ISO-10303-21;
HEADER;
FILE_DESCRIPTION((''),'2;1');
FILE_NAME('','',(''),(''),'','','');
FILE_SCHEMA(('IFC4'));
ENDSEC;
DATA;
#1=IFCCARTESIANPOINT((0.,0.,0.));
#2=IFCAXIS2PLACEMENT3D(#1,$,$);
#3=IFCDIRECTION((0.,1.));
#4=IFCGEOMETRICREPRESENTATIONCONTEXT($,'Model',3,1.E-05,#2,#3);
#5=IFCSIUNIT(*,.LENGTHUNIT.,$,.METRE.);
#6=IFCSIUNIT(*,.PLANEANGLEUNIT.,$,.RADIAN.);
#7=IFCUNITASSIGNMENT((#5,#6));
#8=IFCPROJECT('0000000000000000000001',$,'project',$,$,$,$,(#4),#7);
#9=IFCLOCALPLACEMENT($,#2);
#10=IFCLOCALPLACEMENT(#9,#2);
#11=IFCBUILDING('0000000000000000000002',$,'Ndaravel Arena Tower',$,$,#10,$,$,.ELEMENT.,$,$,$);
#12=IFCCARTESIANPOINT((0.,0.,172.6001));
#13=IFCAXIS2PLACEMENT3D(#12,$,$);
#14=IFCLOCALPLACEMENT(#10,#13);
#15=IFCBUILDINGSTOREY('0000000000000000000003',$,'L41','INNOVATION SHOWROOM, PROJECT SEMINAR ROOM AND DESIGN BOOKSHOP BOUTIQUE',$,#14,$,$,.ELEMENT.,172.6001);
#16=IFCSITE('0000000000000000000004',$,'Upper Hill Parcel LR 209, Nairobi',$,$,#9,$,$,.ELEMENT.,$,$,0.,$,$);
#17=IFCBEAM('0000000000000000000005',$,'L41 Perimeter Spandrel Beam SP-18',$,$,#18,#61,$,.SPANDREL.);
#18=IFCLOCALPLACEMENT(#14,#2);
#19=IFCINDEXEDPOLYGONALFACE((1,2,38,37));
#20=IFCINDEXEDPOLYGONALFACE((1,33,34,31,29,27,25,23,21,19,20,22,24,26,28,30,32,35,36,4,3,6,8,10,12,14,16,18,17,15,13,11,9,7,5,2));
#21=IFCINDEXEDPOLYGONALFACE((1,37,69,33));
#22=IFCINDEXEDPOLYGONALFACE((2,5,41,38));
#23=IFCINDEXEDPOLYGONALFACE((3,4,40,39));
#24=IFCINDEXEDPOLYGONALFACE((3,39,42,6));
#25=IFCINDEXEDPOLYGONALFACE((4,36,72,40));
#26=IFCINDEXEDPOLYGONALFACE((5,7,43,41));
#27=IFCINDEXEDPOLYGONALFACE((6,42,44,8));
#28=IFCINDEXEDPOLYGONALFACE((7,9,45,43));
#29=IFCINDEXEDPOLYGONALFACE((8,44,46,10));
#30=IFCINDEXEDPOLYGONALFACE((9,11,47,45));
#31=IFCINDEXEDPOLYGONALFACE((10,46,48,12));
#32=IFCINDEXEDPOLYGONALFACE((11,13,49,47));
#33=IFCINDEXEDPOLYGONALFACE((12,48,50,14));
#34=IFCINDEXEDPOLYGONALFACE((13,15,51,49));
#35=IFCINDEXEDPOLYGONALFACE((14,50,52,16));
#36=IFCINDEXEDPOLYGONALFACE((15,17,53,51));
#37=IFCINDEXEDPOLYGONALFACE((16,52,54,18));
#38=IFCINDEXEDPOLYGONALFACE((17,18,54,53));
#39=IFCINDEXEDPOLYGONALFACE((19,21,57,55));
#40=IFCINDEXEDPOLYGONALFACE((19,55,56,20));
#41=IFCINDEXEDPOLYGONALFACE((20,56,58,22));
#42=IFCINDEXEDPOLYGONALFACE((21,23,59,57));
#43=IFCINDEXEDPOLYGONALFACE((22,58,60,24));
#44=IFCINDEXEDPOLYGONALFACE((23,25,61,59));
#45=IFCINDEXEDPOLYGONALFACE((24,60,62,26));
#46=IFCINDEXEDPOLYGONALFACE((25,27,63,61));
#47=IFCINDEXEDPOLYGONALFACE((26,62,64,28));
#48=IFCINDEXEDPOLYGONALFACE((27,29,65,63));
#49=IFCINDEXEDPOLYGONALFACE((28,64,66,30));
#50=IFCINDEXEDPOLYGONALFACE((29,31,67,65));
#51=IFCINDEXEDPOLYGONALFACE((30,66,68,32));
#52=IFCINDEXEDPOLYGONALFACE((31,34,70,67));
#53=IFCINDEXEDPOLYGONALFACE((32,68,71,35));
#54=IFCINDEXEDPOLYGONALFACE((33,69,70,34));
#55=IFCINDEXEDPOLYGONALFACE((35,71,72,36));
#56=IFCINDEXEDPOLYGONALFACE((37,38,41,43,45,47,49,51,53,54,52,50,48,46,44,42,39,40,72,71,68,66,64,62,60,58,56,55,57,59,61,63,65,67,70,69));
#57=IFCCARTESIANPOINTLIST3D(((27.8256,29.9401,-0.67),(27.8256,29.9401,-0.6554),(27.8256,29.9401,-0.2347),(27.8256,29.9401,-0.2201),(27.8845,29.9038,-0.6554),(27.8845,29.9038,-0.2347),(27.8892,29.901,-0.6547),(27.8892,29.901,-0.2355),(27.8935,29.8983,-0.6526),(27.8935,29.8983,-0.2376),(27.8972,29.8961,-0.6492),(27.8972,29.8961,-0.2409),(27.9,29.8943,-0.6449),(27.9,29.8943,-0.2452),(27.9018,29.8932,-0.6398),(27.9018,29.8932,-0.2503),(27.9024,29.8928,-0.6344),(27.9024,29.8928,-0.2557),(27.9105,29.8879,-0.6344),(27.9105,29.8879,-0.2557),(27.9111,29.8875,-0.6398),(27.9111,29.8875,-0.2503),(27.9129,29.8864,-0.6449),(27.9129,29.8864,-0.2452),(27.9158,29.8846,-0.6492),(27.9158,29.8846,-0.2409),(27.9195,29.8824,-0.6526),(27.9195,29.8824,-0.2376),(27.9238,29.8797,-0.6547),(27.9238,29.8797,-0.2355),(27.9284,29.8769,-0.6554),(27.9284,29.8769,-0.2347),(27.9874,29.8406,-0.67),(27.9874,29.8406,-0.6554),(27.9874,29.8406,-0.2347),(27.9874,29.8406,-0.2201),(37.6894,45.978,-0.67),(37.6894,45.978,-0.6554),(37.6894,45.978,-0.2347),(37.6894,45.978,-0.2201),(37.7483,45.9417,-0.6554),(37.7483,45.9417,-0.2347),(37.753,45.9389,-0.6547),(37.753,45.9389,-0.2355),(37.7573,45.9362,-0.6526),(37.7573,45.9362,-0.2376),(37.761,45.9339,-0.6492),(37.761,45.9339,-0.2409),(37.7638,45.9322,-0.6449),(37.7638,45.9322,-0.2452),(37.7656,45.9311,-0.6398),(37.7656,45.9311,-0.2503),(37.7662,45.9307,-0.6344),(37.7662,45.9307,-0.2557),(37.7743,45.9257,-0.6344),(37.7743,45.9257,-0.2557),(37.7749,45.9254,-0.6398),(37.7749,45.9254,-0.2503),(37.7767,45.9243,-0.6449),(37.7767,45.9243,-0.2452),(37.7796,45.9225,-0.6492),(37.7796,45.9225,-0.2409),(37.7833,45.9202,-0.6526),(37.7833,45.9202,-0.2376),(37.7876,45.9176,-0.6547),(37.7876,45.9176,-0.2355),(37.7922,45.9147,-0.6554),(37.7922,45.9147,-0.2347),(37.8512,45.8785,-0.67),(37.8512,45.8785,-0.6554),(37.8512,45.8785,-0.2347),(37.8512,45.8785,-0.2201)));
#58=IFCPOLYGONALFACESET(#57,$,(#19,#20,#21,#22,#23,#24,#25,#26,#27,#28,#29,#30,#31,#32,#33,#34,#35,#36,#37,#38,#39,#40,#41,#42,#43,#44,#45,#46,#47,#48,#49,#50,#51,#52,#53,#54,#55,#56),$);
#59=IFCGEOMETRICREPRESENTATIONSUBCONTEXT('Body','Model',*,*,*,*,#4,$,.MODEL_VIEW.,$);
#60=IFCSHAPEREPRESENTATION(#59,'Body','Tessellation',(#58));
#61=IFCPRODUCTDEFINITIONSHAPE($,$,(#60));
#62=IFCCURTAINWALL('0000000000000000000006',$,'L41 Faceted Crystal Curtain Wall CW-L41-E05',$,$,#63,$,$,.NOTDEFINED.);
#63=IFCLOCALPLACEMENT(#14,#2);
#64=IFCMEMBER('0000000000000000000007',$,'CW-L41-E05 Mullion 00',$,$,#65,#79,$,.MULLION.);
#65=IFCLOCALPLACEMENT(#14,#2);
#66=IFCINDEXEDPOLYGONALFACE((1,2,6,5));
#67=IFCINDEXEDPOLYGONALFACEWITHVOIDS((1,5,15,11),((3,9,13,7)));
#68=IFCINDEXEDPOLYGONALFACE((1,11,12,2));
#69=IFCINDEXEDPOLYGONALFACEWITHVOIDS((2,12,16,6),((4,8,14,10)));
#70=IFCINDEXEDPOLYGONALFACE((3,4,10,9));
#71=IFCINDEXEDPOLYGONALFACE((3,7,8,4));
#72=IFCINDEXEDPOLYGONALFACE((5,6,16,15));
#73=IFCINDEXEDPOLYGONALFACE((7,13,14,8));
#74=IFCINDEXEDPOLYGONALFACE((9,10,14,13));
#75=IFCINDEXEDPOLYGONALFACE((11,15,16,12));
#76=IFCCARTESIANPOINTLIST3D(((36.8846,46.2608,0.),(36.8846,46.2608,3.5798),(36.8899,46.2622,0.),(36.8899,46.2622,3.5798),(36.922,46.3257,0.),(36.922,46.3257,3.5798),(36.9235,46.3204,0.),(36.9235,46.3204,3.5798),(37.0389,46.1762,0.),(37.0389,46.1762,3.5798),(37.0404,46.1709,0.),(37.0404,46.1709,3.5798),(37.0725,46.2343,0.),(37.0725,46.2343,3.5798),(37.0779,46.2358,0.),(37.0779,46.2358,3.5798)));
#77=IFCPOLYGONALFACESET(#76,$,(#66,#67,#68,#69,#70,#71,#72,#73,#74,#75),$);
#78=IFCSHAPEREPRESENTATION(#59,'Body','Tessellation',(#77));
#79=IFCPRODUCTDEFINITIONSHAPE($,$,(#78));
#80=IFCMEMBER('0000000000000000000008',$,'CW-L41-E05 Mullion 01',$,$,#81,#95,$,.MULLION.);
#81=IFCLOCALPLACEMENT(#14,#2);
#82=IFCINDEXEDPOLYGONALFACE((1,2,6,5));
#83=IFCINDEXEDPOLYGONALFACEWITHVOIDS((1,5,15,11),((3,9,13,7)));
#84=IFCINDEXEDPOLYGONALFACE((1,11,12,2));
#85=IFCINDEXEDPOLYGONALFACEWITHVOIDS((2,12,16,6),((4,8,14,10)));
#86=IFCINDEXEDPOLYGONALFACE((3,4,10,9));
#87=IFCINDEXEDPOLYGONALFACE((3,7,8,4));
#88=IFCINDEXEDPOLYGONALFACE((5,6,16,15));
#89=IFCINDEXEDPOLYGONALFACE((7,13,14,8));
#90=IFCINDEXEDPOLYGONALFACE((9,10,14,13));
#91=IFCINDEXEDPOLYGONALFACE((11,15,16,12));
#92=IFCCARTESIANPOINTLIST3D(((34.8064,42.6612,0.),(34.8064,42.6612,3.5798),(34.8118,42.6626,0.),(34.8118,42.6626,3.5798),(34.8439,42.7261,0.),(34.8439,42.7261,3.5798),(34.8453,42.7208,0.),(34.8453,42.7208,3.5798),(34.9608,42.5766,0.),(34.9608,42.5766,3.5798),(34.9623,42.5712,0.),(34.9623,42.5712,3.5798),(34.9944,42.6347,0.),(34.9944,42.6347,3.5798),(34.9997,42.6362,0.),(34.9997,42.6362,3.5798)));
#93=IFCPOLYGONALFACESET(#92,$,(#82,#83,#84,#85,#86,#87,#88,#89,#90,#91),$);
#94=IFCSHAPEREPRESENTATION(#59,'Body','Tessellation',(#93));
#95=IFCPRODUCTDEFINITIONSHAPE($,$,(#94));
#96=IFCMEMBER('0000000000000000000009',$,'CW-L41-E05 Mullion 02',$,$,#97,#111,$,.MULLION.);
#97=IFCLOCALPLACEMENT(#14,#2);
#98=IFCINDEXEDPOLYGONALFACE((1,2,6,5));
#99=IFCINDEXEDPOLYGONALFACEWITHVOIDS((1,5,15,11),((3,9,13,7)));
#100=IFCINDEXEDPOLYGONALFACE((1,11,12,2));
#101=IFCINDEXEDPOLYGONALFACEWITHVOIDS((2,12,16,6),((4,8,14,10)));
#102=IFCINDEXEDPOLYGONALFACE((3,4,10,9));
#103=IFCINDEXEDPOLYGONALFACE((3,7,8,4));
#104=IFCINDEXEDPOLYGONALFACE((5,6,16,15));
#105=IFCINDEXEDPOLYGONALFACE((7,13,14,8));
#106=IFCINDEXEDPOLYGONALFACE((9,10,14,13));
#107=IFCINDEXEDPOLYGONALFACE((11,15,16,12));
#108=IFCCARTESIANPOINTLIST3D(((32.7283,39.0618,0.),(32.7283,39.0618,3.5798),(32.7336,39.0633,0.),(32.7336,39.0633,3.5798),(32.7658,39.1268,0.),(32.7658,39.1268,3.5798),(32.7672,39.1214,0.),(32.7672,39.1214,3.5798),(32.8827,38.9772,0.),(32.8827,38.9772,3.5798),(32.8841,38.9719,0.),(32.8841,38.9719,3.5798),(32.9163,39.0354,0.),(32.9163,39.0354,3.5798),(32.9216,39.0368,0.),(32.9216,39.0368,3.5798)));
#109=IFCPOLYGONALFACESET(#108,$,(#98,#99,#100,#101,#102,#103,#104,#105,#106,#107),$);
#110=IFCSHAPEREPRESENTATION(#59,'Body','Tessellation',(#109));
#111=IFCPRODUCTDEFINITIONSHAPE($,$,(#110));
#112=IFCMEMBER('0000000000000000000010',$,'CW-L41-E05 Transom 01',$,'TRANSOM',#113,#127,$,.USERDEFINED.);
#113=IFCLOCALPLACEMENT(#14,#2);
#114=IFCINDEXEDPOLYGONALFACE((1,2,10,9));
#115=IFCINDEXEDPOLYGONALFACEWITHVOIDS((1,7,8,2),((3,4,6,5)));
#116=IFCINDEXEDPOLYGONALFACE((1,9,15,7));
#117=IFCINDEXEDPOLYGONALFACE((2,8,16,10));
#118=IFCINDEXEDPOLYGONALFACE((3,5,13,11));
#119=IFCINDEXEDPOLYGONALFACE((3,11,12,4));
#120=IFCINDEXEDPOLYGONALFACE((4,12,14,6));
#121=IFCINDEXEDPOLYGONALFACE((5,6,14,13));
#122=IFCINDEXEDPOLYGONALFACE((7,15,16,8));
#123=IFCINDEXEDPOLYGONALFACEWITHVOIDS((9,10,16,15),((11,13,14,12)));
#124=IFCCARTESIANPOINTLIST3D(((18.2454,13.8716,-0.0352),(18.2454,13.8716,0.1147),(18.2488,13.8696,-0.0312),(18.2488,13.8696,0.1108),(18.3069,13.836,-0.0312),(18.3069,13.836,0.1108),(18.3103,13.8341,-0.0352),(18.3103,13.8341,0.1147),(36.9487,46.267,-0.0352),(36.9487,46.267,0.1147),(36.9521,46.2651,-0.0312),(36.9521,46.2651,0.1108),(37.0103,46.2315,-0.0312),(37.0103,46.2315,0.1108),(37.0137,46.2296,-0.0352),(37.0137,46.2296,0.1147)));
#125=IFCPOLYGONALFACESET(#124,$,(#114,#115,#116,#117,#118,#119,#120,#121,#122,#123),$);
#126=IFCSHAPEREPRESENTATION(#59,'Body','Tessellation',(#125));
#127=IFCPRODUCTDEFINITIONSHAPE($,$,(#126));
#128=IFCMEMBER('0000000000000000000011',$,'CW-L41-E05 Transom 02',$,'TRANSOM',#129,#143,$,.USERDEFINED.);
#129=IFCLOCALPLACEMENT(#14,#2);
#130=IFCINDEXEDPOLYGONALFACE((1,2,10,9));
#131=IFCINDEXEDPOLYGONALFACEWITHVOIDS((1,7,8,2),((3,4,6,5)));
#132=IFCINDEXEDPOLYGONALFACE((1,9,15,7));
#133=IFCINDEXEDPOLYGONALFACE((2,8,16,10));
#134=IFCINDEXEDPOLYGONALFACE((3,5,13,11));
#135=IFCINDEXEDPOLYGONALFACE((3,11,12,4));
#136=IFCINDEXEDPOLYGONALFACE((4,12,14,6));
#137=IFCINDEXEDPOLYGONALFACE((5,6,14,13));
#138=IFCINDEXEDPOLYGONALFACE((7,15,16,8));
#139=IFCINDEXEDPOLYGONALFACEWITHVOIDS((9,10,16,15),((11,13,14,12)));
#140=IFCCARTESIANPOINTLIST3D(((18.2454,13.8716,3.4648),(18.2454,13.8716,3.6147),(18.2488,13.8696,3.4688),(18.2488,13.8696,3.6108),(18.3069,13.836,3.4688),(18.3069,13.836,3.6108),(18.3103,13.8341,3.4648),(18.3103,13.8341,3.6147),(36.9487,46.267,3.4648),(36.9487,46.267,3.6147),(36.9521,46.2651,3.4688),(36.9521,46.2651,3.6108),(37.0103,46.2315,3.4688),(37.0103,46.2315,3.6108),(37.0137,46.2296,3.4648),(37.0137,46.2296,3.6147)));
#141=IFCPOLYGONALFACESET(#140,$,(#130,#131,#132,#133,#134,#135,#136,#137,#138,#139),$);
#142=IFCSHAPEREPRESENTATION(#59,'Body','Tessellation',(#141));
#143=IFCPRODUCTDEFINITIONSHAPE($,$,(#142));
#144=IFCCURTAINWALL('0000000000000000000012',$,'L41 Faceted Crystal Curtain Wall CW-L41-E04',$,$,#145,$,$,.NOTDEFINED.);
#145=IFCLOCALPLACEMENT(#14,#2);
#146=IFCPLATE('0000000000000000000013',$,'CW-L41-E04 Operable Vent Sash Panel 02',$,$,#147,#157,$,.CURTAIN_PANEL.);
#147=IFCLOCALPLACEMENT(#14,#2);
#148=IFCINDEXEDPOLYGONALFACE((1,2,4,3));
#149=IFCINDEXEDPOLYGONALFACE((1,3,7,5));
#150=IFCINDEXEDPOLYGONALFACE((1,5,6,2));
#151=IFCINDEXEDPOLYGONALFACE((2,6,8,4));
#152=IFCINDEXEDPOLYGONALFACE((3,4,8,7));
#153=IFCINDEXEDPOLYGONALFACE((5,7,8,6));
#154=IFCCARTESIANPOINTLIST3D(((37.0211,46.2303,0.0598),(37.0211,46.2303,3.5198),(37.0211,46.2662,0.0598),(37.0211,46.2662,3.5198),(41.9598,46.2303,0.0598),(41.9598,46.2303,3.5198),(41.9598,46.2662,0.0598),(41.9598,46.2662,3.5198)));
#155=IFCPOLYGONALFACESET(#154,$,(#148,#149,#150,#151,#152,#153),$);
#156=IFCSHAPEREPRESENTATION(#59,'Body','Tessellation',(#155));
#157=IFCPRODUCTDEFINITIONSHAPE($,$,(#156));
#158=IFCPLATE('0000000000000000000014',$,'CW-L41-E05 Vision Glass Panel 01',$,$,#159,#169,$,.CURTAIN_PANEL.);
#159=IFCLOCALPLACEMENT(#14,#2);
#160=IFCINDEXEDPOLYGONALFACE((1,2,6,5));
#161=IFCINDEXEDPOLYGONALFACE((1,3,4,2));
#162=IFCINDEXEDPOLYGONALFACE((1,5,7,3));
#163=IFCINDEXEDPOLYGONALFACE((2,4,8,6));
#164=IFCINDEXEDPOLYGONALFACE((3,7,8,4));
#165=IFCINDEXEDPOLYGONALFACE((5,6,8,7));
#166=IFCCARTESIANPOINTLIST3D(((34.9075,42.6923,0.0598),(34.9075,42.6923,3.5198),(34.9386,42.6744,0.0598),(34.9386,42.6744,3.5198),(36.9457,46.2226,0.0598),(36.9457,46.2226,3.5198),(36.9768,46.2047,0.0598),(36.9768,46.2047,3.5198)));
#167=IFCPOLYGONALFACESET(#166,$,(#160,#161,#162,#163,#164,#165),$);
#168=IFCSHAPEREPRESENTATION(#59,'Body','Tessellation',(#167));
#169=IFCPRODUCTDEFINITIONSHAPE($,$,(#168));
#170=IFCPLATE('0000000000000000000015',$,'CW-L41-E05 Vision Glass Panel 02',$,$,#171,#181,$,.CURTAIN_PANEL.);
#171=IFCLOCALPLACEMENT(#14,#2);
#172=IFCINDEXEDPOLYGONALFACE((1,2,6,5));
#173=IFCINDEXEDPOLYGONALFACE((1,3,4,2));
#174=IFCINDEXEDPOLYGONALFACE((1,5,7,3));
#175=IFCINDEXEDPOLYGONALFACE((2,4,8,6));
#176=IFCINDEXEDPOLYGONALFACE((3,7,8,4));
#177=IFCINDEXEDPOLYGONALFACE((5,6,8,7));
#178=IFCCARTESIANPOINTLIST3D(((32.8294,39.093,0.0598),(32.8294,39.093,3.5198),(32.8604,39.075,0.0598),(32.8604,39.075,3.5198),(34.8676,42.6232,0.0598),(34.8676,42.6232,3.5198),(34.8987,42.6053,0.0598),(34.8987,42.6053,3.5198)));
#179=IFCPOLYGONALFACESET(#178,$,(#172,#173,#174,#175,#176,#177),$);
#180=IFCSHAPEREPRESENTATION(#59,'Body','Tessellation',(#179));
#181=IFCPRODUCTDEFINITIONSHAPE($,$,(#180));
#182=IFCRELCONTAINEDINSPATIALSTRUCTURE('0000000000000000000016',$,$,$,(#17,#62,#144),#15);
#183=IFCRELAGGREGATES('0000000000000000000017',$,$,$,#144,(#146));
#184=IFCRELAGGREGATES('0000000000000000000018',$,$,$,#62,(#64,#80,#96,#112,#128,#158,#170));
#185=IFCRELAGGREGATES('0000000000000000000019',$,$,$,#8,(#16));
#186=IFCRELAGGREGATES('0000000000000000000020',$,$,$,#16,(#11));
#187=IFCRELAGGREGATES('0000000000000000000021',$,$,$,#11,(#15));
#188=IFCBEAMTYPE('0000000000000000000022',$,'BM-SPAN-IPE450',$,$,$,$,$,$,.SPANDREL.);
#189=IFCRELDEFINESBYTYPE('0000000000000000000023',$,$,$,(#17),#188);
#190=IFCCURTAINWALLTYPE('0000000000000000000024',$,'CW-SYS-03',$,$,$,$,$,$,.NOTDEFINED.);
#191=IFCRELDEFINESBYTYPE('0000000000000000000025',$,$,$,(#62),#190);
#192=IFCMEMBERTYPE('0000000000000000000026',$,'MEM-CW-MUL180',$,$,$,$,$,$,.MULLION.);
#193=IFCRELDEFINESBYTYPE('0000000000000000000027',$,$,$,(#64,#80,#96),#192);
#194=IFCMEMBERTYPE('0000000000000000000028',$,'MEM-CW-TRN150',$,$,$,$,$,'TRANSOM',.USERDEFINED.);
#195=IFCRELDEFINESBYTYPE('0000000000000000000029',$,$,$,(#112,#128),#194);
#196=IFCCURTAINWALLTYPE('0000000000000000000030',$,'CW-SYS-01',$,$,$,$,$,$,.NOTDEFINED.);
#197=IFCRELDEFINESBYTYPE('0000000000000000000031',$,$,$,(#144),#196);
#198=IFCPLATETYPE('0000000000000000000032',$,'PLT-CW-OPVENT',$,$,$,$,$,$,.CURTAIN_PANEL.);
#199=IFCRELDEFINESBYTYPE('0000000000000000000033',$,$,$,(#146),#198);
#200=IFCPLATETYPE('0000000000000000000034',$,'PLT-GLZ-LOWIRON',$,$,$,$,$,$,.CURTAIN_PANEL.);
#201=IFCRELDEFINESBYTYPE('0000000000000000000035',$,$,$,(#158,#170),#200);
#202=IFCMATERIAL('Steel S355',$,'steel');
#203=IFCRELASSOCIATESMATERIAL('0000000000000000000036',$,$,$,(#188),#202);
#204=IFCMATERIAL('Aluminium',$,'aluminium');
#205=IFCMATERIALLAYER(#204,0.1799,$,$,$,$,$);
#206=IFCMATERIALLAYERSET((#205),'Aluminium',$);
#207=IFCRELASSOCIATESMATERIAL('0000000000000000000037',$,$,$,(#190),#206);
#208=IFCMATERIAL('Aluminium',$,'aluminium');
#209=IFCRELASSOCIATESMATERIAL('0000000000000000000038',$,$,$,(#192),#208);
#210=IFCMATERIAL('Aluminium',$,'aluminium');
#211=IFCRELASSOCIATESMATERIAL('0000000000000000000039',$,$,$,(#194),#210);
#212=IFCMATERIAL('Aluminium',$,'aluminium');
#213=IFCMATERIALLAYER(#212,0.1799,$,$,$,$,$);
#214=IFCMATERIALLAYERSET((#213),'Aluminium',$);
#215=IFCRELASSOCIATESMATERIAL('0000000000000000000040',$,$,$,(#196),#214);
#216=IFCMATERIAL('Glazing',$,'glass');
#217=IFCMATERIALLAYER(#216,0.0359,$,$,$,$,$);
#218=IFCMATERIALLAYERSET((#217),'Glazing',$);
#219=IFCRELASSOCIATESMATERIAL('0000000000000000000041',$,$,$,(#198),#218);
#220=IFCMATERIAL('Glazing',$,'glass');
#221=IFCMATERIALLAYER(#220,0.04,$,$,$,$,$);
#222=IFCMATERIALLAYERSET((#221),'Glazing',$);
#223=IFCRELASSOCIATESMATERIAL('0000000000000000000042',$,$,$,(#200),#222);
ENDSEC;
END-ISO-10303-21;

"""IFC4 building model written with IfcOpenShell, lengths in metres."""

from ifc_helpers import new_model, si_unit, direction, frame, origin, origin_2d, place, context, subcontext, project, spatial, rectangle, hollow_rectangle, i_section, extrude, material, layer, layer_set, material_profile, profile_set, type_object, element, aggregate, save


model = new_model("IFC4")

# Units and contexts
model_context = context("Model", 3, precision=1e-05, world=origin(), true_north=direction((0.0, 1.0)))
body_context = subcontext(model_context, "Body", "Model", "MODEL_VIEW")
ifc_project = project(units=[si_unit("LENGTHUNIT", "METRE"), si_unit("PLANEANGLEUNIT", "RADIAN")], contexts=[model_context])

# Site, building, storey
site_placement = place(None, origin())
site = spatial("IfcSite", under=ifc_project, at=site_placement, Name="Upper Hill Parcel LR 209, Nairobi", CompositionType="ELEMENT", RefElevation=0.0)
building_placement = place(site_placement, origin())
building = spatial("IfcBuilding", under=site, at=building_placement, Name="Ndaravel Arena Tower", CompositionType="ELEMENT")
storey_placement = place(building_placement, frame((0.0, 0.0, 172.6001)))
storey = spatial("IfcBuildingStorey", under=building, at=storey_placement, Name="L41", Description="INNOVATION SHOWROOM, PROJECT SEMINAR ROOM AND DESIGN BOOKSHOP BOUTIQUE", CompositionType="ELEMENT", Elevation=172.6001)

# Beam
ifc_material_1 = material(Name="Steel S355", Category="steel")
ifc_material_profile_1 = material_profile(ifc_material_1, i_section(OverallWidth=0.1899, OverallDepth=0.45, WebThickness=0.0095, FlangeThickness=0.0146, FilletRadius=0.021, at=origin_2d()), Name="IPE 450")
ifc_profile_set_1 = profile_set([ifc_material_profile_1], Name="Steel S355")
beam_type_1 = type_object("IfcBeamType", Name="BM-SPAN-IPE450", PredefinedType="SPANDREL", material=ifc_profile_set_1)
beam_1_placement = place(storey_placement, frame((37.7703, 45.9282, -0.4451), z_axis=(-0.523879, -0.851793, 0.0), x_axis=(0.851793, -0.523879, 0.0)))
element("IfcBeam", 1, at=beam_1_placement, inside=storey, type_object=beam_type_1, Name="L41 Perimeter Spandrel Beam SP-18", PredefinedType="SPANDREL", context=body_context, shape_type="SweptSolid", body=[
    extrude(i_section(OverallWidth=0.1899, OverallDepth=0.45, WebThickness=0.0095, FlangeThickness=0.0146, FilletRadius=0.021, at=origin_2d()), origin(), (0.0, 0.0, 1.0), 18.8284),
])

# Curtain wall, members
ifc_material_2 = material(Name="Aluminium", Category="aluminium")
ifc_layer_1 = layer(ifc_material_2, 0.1799)
ifc_layer_set_1 = layer_set([ifc_layer_1], Name="Aluminium")
curtain_wall_type_1 = type_object("IfcCurtainWallType", Name="CW-SYS-03", PredefinedType="NOTDEFINED", material=ifc_layer_set_1)
curtain_wall_1_placement = place(storey_placement, origin())
curtain_wall_1 = element("IfcCurtainWall", 2, at=curtain_wall_1_placement, inside=storey, type_object=curtain_wall_type_1, Name="L41 Faceted Crystal Curtain Wall CW-L41-E05", PredefinedType="NOTDEFINED")
ifc_material_3 = material(Name="Aluminium", Category="aluminium")
ifc_material_profile_2 = material_profile(ifc_material_3, hollow_rectangle(XDim=0.075, YDim=0.1799, WallThickness=0.0039, at=origin_2d()), Name="CW MULLION 75x180x4")
ifc_profile_set_2 = profile_set([ifc_material_profile_2], Name="Aluminium")
member_type_1 = type_object("IfcMemberType", Name="MEM-CW-MUL180", PredefinedType="MULLION", material=ifc_profile_set_2)
member_1_placement = place(storey_placement, frame((36.9812, 46.2483, 0.0), z_axis=(0.0, 0.0, 1.0), x_axis=(-0.5, -0.866025, 0.0)))
member_1 = element("IfcMember", 3, at=member_1_placement, type_object=member_type_1, Name="CW-L41-E05 Mullion 00", PredefinedType="MULLION", context=body_context, shape_type="SweptSolid", body=[
    extrude(hollow_rectangle(XDim=0.075, YDim=0.1799, WallThickness=0.0039, at=origin_2d()), origin(), (0.0, 0.0, 1.0), 3.5798),
])
member_2_placement = place(storey_placement, frame((34.9031, 42.6487, 0.0), z_axis=(0.0, 0.0, 1.0), x_axis=(-0.5, -0.866025, 0.0)))
member_2 = element("IfcMember", 4, at=member_2_placement, type_object=member_type_1, Name="CW-L41-E05 Mullion 01", PredefinedType="MULLION", context=body_context, shape_type="SweptSolid", body=[
    extrude(hollow_rectangle(XDim=0.075, YDim=0.1799, WallThickness=0.0039, at=origin_2d()), origin(), (0.0, 0.0, 1.0), 3.5798),
])
member_3_placement = place(storey_placement, frame((32.825, 39.0493, 0.0), z_axis=(0.0, 0.0, 1.0), x_axis=(-0.5, -0.866025, 0.0)))
member_3 = element("IfcMember", 5, at=member_3_placement, type_object=member_type_1, Name="CW-L41-E05 Mullion 02", PredefinedType="MULLION", context=body_context, shape_type="SweptSolid", body=[
    extrude(hollow_rectangle(XDim=0.075, YDim=0.1799, WallThickness=0.0039, at=origin_2d()), origin(), (0.0, 0.0, 1.0), 3.5798),
])
ifc_material_4 = material(Name="Aluminium", Category="aluminium")
ifc_material_profile_3 = material_profile(ifc_material_4, hollow_rectangle(XDim=0.075, YDim=0.1499, WallThickness=0.0039, at=origin_2d()), Name="CW TRANSOM 75x150x4")
ifc_profile_set_3 = profile_set([ifc_material_profile_3], Name="Aluminium")
member_type_2 = type_object("IfcMemberType", Name="MEM-CW-TRN150", ElementType="TRANSOM", PredefinedType="USERDEFINED", material=ifc_profile_set_3)
member_4_placement = place(storey_placement, frame((36.9812, 46.2483, 0.0398), z_axis=(-0.499996, -0.866028, 0.0), x_axis=(0.866028, -0.499996, 0.0)))
member_4 = element("IfcMember", 6, at=member_4_placement, type_object=member_type_2, Name="CW-L41-E05 Transom 01", ObjectType="TRANSOM", PredefinedType="USERDEFINED", context=body_context, shape_type="SweptSolid", body=[
    extrude(hollow_rectangle(XDim=0.075, YDim=0.1499, WallThickness=0.0039, at=origin_2d()), origin(), (0.0, 0.0, 1.0), 37.407),
])
member_5_placement = place(storey_placement, frame((36.9812, 46.2483, 3.5398), z_axis=(-0.499996, -0.866028, 0.0), x_axis=(0.866028, -0.499996, 0.0)))
member_5 = element("IfcMember", 7, at=member_5_placement, type_object=member_type_2, Name="CW-L41-E05 Transom 02", ObjectType="TRANSOM", PredefinedType="USERDEFINED", context=body_context, shape_type="SweptSolid", body=[
    extrude(hollow_rectangle(XDim=0.075, YDim=0.1499, WallThickness=0.0039, at=origin_2d()), origin(), (0.0, 0.0, 1.0), 37.407),
])

# Curtain wall, plate
ifc_material_5 = material(Name="Aluminium", Category="aluminium")
ifc_layer_2 = layer(ifc_material_5, 0.1799)
ifc_layer_set_2 = layer_set([ifc_layer_2], Name="Aluminium")
curtain_wall_type_2 = type_object("IfcCurtainWallType", Name="CW-SYS-01", PredefinedType="NOTDEFINED", material=ifc_layer_set_2)
curtain_wall_2_placement = place(storey_placement, origin())
curtain_wall_2 = element("IfcCurtainWall", 8, at=curtain_wall_2_placement, inside=storey, type_object=curtain_wall_type_2, Name="L41 Faceted Crystal Curtain Wall CW-L41-E04", PredefinedType="NOTDEFINED")
ifc_material_6 = material(Name="Glazing", Category="glass")
ifc_layer_3 = layer(ifc_material_6, 0.0359)
ifc_layer_set_3 = layer_set([ifc_layer_3], Name="Glazing")
plate_type_1 = type_object("IfcPlateType", Name="PLT-CW-OPVENT", PredefinedType="CURTAIN_PANEL", material=ifc_layer_set_3)
plate_1_placement = place(storey_placement, frame((39.4905, 46.2483, 0.0598), z_axis=(0.0, 0.0, 1.0), x_axis=(-1.0, 0.0, 0.0)))
plate_1 = element("IfcPlate", 9, at=plate_1_placement, type_object=plate_type_1, Name="CW-L41-E04 Operable Vent Sash Panel 02", PredefinedType="CURTAIN_PANEL", context=body_context, shape_type="SweptSolid", body=[
    extrude(rectangle(XDim=4.9387, YDim=0.0359, at=origin_2d()), origin(), (0.0, 0.0, 1.0), 3.46),
])
aggregate(curtain_wall_2, [plate_1])

# Plates
ifc_material_7 = material(Name="Glazing", Category="glass")
ifc_layer_4 = layer(ifc_material_7, 0.04)
ifc_layer_set_4 = layer_set([ifc_layer_4], Name="Glazing")
plate_type_2 = type_object("IfcPlateType", Name="PLT-GLZ-LOWIRON", PredefinedType="CURTAIN_PANEL", material=ifc_layer_set_4)
plate_2_placement = place(storey_placement, frame((35.9421, 44.4485, 0.0598), z_axis=(0.0, 0.0, 1.0), x_axis=(-0.5, -0.866025, 0.0)))
plate_2 = element("IfcPlate", 10, at=plate_2_placement, type_object=plate_type_2, Name="CW-L41-E05 Vision Glass Panel 01", PredefinedType="CURTAIN_PANEL", context=body_context, shape_type="SweptSolid", body=[
    extrude(rectangle(XDim=4.0764, YDim=0.0359, at=origin_2d()), origin(), (0.0, 0.0, 1.0), 3.46),
])
plate_3_placement = place(storey_placement, frame((33.864, 40.8491, 0.0598), z_axis=(0.0, 0.0, 1.0), x_axis=(-0.5, -0.866025, 0.0)))
plate_3 = element("IfcPlate", 11, at=plate_3_placement, type_object=plate_type_2, Name="CW-L41-E05 Vision Glass Panel 02", PredefinedType="CURTAIN_PANEL", context=body_context, shape_type="SweptSolid", body=[
    extrude(rectangle(XDim=4.0764, YDim=0.0359, at=origin_2d()), origin(), (0.0, 0.0, 1.0), 3.46),
])
aggregate(curtain_wall_1, [member_1, member_2, member_3, member_4, member_5, plate_2, plate_3])

save(model, "model.ifc")
